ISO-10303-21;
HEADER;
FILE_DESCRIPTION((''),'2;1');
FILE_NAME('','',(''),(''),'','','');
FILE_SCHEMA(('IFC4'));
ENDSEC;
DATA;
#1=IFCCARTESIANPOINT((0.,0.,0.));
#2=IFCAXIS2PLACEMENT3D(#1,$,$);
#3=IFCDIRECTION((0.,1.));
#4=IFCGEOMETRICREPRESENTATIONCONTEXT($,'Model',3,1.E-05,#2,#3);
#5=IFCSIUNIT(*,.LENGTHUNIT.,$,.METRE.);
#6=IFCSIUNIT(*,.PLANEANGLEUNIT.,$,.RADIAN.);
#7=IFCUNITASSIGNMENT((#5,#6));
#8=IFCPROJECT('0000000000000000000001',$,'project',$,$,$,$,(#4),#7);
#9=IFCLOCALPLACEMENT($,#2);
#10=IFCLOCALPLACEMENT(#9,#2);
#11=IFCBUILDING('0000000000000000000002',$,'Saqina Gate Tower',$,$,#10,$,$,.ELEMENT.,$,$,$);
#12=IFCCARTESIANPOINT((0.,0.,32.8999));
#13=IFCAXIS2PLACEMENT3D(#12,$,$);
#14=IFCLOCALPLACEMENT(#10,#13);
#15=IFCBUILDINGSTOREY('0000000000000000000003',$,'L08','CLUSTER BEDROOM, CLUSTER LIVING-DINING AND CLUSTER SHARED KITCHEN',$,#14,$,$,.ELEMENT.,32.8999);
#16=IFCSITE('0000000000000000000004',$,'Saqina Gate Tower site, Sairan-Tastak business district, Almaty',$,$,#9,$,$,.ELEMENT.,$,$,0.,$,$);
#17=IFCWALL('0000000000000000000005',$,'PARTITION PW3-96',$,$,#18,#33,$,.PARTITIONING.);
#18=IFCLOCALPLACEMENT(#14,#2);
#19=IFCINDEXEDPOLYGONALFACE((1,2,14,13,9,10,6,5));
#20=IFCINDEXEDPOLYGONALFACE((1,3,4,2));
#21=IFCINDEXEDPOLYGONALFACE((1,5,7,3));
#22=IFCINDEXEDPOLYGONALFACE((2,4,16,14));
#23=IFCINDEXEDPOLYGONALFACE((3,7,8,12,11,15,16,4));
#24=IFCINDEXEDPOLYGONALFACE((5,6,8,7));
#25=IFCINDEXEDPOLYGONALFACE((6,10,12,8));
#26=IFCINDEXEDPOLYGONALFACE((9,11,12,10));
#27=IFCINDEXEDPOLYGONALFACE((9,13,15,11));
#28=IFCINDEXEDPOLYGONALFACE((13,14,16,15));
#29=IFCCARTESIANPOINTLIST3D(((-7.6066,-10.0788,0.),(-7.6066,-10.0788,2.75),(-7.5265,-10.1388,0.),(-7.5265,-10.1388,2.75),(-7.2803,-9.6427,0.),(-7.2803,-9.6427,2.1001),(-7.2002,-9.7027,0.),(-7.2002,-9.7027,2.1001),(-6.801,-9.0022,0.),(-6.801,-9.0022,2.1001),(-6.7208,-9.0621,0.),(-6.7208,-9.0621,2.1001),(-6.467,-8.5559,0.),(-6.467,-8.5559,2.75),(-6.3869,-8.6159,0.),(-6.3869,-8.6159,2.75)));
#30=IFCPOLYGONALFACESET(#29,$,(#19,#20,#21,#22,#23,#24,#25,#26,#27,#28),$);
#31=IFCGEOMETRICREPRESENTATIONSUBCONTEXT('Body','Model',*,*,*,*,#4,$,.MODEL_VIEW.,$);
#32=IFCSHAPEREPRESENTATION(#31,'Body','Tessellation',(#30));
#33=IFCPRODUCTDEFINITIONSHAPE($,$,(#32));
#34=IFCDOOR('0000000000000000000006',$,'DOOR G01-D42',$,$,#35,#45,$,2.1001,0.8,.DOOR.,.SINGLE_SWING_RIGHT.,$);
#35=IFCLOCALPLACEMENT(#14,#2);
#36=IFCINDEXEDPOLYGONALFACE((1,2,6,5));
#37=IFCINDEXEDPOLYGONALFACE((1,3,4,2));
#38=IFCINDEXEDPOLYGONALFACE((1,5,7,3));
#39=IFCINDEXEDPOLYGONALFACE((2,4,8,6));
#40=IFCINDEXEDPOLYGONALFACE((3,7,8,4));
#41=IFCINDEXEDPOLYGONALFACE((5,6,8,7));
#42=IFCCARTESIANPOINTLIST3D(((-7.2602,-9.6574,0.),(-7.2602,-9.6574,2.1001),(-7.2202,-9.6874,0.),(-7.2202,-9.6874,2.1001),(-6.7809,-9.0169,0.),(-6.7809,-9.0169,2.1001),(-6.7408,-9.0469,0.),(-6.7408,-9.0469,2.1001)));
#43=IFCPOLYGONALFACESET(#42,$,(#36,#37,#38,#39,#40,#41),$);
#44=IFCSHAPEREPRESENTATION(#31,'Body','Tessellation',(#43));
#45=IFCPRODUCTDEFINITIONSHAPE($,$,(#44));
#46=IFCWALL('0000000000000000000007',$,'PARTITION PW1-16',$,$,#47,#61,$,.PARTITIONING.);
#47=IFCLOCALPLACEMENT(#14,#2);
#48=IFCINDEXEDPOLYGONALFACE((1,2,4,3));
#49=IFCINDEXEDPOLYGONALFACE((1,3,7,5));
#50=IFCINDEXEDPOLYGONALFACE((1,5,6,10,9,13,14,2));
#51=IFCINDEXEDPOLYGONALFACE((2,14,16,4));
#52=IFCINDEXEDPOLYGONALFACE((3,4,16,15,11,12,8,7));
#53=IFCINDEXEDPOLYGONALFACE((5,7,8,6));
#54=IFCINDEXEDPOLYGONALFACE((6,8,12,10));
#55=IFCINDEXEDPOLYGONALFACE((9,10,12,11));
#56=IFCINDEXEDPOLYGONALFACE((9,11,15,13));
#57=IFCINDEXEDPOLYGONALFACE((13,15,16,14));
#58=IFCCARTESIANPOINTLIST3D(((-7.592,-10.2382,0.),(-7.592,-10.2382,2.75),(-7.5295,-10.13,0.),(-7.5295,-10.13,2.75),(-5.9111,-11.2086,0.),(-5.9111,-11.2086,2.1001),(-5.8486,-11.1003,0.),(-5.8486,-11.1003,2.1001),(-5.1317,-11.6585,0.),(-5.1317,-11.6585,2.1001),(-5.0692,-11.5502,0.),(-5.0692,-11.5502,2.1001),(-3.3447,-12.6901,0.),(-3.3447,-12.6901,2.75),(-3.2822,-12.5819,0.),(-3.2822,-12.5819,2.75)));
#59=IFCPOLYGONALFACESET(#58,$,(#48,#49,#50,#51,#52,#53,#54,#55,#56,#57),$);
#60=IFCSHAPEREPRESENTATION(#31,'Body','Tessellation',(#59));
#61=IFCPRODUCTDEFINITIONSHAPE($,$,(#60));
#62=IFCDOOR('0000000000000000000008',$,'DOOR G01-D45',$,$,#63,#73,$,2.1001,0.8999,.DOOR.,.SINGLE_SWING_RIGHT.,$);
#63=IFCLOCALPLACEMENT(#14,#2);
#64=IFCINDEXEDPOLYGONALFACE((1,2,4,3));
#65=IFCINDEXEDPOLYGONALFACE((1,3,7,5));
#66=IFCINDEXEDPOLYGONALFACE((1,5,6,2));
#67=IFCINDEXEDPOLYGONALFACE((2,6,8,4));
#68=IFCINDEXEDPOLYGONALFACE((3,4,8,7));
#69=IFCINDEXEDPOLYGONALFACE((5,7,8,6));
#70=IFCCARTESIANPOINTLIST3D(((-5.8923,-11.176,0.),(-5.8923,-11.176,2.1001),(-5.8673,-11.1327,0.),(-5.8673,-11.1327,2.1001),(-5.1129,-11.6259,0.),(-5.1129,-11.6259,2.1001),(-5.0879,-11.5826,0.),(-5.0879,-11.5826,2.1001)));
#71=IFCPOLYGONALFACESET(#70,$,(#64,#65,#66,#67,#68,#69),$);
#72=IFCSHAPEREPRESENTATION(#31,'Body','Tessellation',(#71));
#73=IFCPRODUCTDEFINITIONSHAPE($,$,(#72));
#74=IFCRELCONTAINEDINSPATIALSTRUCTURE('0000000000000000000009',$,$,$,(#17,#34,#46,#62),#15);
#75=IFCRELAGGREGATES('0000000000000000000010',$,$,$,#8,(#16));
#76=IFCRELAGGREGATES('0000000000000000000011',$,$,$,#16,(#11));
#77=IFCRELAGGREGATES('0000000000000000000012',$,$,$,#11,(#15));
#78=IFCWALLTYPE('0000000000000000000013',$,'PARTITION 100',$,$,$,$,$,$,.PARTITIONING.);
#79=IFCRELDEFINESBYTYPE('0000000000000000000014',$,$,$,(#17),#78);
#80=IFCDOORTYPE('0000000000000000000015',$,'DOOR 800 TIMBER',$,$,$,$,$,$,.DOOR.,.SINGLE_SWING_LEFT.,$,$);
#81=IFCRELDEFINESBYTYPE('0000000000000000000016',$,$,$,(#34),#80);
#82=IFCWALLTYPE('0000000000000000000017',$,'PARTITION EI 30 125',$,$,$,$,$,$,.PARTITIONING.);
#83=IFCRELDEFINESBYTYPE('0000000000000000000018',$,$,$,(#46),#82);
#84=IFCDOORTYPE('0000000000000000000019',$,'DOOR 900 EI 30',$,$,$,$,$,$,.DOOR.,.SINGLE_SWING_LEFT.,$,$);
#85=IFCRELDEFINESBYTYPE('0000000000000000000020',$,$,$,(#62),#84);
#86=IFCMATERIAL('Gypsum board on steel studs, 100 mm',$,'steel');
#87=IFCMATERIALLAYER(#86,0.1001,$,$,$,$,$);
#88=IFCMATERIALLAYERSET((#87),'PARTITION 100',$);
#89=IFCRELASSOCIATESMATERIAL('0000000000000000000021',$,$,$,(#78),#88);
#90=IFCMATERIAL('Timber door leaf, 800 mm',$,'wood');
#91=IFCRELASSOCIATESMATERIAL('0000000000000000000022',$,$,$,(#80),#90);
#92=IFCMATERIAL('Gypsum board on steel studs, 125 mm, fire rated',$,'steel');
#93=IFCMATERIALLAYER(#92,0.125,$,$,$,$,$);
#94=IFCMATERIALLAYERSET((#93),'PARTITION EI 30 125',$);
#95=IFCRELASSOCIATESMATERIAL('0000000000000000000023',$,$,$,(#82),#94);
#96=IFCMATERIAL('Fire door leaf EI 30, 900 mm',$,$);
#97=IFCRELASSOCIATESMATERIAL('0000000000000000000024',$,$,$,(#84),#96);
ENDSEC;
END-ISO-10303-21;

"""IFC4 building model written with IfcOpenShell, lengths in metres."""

from ifc_helpers import new_model, si_unit, direction, frame, frame_2d, origin, place, context, subcontext, project, spatial, rectangle, extrude, material, layer, layer_set, type_object, element, fill, save


model = new_model("IFC4")

# Units and contexts
model_context = context("Model", 3, precision=1e-05, world=origin(), true_north=direction((0.0, 1.0)))
body_context = subcontext(model_context, "Body", "Model", "MODEL_VIEW")
ifc_project = project(units=[si_unit("LENGTHUNIT", "METRE"), si_unit("PLANEANGLEUNIT", "RADIAN")], contexts=[model_context])

# Site, building, storey
site_placement = place(None, origin())
site = spatial("IfcSite", under=ifc_project, at=site_placement, Name="Saqina Gate Tower site, Sairan-Tastak business district, Almaty", CompositionType="ELEMENT", RefElevation=0.0)
building_placement = place(site_placement, origin())
building = spatial("IfcBuilding", under=site, at=building_placement, Name="Saqina Gate Tower", CompositionType="ELEMENT")
storey_placement = place(building_placement, frame((0.0, 0.0, 32.8999)))
storey = spatial("IfcBuildingStorey", under=building, at=storey_placement, Name="L08", Description="CLUSTER BEDROOM, CLUSTER LIVING-DINING AND CLUSTER SHARED KITCHEN", CompositionType="ELEMENT", Elevation=32.8999)

# Shared definitions
ifc_material_1 = material(Name="Gypsum board on steel studs, 100 mm", Category="steel")
ifc_layer_1 = layer(ifc_material_1, 0.1001)
ifc_layer_set_1 = layer_set([ifc_layer_1], Name="PARTITION 100")
wall_type_1 = type_object("IfcWallType", Name="PARTITION 100", PredefinedType="PARTITIONING", material=ifc_layer_set_1)

# Walls, openings, doors
wall_1_placement = place(storey_placement, frame((-7.5667, -10.1089, 0.0), z_axis=(0.0, 0.0, 1.0), x_axis=(0.599137, 0.800646, 0.0)))
wall_1 = element("IfcWall", 1, at=wall_1_placement, inside=storey, type_object=wall_type_1, Name="PARTITION PW3-96", PredefinedType="PARTITIONING", context=body_context, shape_type="SweptSolid", body=[
    extrude(rectangle(XDim=1.9021, YDim=0.1001, at=frame_2d((0.9512, 0.0))), origin(), (0.0, 0.0, 1.0), 2.75),
])
opening_1_placement = place(wall_1_placement, frame((0.5449, 0.0, 0.0)))
opening_1 = element("IfcOpeningElement", 2, at=opening_1_placement, cuts=wall_1, PredefinedType="OPENING", context=body_context, shape_type="SweptSolid", body=[
    extrude(rectangle(XDim=0.8, YDim=2.1001, at=frame_2d((0.3999, 1.05))), frame((0.0, 0.062, 0.0), z_axis=(0.0, -1.0, 0.0), x_axis=(1.0, 0.0, 0.0)), (0.0, 0.0, 1.0), 0.124),
])
ifc_material_2 = material(Name="Timber door leaf, 800 mm", Category="wood")
door_type_1 = type_object("IfcDoorType", Name="DOOR 800 TIMBER", OperationType="SINGLE_SWING_LEFT", PredefinedType="DOOR", material=ifc_material_2)
door_1_placement = place(opening_1_placement, frame((0.8, 0.0, 0.0), z_axis=(0.0, 0.0, 1.0), x_axis=(-1.0, 0.0, 0.0)))
door_1 = element("IfcDoor", 3, at=door_1_placement, inside=storey, type_object=door_type_1, Name="DOOR G01-D42", OperationType="SINGLE_SWING_RIGHT", OverallHeight=2.1001, OverallWidth=0.8, PredefinedType="DOOR", context=body_context, shape_type="SweptSolid", body=[
    extrude(rectangle(XDim=0.8, YDim=2.1001, at=frame_2d((0.3999, 1.05))), frame((0.0, 0.0249, 0.0), z_axis=(0.0, -1.0, 0.0), x_axis=(1.0, 0.0, 0.0)), (0.0, 0.0, 1.0), 0.05),
])
fill(opening_1, door_1)
ifc_material_3 = material(Name="Gypsum board on steel studs, 125 mm, fire rated", Category="steel")
ifc_layer_2 = layer(ifc_material_3, 0.125)
ifc_layer_set_2 = layer_set([ifc_layer_2], Name="PARTITION EI 30 125")
wall_type_2 = type_object("IfcWallType", Name="PARTITION EI 30 125", PredefinedType="PARTITIONING", material=ifc_layer_set_2)
wall_2_placement = place(storey_placement, frame((-7.5608, -10.1841, 0.0), z_axis=(0.0, 0.0, 1.0), x_axis=(0.86605, -0.499957, 0.0)))
wall_2 = element("IfcWall", 4, at=wall_2_placement, inside=storey, type_object=wall_type_2, Name="PARTITION PW1-16", PredefinedType="PARTITIONING", context=body_context, shape_type="SweptSolid", body=[
    extrude(rectangle(XDim=4.9043, YDim=0.125, at=frame_2d((2.4521, 0.0))), origin(), (0.0, 0.0, 1.0), 2.75),
])
opening_2_placement = place(wall_2_placement, frame((1.9409, 0.0, 0.0)))
opening_2 = element("IfcOpeningElement", 5, at=opening_2_placement, cuts=wall_2, PredefinedType="OPENING", context=body_context, shape_type="SweptSolid", body=[
    extrude(rectangle(XDim=0.8999, YDim=2.1001, at=frame_2d((0.45, 1.05))), frame((0.0, 0.0745, 0.0), z_axis=(0.0, -1.0, 0.0), x_axis=(1.0, 0.0, 0.0)), (0.0, 0.0, 1.0), 0.1489),
])
ifc_material_4 = material(Name="Fire door leaf EI 30, 900 mm")
door_type_2 = type_object("IfcDoorType", Name="DOOR 900 EI 30", OperationType="SINGLE_SWING_LEFT", PredefinedType="DOOR", material=ifc_material_4)
door_2_placement = place(opening_2_placement, frame((0.8999, 0.0, 0.0), z_axis=(0.0, 0.0, 1.0), x_axis=(-1.0, 0.0, 0.0)))
door_2 = element("IfcDoor", 6, at=door_2_placement, inside=storey, type_object=door_type_2, Name="DOOR G01-D45", OperationType="SINGLE_SWING_RIGHT", OverallHeight=2.1001, OverallWidth=0.8999, PredefinedType="DOOR", context=body_context, shape_type="SweptSolid", body=[
    extrude(rectangle(XDim=0.8999, YDim=2.1001, at=frame_2d((0.45, 1.05))), frame((0.0, 0.0249, 0.0), z_axis=(0.0, -1.0, 0.0), x_axis=(1.0, 0.0, 0.0)), (0.0, 0.0, 1.0), 0.05),
])
fill(opening_2, door_2)

save(model, "model.ifc")
